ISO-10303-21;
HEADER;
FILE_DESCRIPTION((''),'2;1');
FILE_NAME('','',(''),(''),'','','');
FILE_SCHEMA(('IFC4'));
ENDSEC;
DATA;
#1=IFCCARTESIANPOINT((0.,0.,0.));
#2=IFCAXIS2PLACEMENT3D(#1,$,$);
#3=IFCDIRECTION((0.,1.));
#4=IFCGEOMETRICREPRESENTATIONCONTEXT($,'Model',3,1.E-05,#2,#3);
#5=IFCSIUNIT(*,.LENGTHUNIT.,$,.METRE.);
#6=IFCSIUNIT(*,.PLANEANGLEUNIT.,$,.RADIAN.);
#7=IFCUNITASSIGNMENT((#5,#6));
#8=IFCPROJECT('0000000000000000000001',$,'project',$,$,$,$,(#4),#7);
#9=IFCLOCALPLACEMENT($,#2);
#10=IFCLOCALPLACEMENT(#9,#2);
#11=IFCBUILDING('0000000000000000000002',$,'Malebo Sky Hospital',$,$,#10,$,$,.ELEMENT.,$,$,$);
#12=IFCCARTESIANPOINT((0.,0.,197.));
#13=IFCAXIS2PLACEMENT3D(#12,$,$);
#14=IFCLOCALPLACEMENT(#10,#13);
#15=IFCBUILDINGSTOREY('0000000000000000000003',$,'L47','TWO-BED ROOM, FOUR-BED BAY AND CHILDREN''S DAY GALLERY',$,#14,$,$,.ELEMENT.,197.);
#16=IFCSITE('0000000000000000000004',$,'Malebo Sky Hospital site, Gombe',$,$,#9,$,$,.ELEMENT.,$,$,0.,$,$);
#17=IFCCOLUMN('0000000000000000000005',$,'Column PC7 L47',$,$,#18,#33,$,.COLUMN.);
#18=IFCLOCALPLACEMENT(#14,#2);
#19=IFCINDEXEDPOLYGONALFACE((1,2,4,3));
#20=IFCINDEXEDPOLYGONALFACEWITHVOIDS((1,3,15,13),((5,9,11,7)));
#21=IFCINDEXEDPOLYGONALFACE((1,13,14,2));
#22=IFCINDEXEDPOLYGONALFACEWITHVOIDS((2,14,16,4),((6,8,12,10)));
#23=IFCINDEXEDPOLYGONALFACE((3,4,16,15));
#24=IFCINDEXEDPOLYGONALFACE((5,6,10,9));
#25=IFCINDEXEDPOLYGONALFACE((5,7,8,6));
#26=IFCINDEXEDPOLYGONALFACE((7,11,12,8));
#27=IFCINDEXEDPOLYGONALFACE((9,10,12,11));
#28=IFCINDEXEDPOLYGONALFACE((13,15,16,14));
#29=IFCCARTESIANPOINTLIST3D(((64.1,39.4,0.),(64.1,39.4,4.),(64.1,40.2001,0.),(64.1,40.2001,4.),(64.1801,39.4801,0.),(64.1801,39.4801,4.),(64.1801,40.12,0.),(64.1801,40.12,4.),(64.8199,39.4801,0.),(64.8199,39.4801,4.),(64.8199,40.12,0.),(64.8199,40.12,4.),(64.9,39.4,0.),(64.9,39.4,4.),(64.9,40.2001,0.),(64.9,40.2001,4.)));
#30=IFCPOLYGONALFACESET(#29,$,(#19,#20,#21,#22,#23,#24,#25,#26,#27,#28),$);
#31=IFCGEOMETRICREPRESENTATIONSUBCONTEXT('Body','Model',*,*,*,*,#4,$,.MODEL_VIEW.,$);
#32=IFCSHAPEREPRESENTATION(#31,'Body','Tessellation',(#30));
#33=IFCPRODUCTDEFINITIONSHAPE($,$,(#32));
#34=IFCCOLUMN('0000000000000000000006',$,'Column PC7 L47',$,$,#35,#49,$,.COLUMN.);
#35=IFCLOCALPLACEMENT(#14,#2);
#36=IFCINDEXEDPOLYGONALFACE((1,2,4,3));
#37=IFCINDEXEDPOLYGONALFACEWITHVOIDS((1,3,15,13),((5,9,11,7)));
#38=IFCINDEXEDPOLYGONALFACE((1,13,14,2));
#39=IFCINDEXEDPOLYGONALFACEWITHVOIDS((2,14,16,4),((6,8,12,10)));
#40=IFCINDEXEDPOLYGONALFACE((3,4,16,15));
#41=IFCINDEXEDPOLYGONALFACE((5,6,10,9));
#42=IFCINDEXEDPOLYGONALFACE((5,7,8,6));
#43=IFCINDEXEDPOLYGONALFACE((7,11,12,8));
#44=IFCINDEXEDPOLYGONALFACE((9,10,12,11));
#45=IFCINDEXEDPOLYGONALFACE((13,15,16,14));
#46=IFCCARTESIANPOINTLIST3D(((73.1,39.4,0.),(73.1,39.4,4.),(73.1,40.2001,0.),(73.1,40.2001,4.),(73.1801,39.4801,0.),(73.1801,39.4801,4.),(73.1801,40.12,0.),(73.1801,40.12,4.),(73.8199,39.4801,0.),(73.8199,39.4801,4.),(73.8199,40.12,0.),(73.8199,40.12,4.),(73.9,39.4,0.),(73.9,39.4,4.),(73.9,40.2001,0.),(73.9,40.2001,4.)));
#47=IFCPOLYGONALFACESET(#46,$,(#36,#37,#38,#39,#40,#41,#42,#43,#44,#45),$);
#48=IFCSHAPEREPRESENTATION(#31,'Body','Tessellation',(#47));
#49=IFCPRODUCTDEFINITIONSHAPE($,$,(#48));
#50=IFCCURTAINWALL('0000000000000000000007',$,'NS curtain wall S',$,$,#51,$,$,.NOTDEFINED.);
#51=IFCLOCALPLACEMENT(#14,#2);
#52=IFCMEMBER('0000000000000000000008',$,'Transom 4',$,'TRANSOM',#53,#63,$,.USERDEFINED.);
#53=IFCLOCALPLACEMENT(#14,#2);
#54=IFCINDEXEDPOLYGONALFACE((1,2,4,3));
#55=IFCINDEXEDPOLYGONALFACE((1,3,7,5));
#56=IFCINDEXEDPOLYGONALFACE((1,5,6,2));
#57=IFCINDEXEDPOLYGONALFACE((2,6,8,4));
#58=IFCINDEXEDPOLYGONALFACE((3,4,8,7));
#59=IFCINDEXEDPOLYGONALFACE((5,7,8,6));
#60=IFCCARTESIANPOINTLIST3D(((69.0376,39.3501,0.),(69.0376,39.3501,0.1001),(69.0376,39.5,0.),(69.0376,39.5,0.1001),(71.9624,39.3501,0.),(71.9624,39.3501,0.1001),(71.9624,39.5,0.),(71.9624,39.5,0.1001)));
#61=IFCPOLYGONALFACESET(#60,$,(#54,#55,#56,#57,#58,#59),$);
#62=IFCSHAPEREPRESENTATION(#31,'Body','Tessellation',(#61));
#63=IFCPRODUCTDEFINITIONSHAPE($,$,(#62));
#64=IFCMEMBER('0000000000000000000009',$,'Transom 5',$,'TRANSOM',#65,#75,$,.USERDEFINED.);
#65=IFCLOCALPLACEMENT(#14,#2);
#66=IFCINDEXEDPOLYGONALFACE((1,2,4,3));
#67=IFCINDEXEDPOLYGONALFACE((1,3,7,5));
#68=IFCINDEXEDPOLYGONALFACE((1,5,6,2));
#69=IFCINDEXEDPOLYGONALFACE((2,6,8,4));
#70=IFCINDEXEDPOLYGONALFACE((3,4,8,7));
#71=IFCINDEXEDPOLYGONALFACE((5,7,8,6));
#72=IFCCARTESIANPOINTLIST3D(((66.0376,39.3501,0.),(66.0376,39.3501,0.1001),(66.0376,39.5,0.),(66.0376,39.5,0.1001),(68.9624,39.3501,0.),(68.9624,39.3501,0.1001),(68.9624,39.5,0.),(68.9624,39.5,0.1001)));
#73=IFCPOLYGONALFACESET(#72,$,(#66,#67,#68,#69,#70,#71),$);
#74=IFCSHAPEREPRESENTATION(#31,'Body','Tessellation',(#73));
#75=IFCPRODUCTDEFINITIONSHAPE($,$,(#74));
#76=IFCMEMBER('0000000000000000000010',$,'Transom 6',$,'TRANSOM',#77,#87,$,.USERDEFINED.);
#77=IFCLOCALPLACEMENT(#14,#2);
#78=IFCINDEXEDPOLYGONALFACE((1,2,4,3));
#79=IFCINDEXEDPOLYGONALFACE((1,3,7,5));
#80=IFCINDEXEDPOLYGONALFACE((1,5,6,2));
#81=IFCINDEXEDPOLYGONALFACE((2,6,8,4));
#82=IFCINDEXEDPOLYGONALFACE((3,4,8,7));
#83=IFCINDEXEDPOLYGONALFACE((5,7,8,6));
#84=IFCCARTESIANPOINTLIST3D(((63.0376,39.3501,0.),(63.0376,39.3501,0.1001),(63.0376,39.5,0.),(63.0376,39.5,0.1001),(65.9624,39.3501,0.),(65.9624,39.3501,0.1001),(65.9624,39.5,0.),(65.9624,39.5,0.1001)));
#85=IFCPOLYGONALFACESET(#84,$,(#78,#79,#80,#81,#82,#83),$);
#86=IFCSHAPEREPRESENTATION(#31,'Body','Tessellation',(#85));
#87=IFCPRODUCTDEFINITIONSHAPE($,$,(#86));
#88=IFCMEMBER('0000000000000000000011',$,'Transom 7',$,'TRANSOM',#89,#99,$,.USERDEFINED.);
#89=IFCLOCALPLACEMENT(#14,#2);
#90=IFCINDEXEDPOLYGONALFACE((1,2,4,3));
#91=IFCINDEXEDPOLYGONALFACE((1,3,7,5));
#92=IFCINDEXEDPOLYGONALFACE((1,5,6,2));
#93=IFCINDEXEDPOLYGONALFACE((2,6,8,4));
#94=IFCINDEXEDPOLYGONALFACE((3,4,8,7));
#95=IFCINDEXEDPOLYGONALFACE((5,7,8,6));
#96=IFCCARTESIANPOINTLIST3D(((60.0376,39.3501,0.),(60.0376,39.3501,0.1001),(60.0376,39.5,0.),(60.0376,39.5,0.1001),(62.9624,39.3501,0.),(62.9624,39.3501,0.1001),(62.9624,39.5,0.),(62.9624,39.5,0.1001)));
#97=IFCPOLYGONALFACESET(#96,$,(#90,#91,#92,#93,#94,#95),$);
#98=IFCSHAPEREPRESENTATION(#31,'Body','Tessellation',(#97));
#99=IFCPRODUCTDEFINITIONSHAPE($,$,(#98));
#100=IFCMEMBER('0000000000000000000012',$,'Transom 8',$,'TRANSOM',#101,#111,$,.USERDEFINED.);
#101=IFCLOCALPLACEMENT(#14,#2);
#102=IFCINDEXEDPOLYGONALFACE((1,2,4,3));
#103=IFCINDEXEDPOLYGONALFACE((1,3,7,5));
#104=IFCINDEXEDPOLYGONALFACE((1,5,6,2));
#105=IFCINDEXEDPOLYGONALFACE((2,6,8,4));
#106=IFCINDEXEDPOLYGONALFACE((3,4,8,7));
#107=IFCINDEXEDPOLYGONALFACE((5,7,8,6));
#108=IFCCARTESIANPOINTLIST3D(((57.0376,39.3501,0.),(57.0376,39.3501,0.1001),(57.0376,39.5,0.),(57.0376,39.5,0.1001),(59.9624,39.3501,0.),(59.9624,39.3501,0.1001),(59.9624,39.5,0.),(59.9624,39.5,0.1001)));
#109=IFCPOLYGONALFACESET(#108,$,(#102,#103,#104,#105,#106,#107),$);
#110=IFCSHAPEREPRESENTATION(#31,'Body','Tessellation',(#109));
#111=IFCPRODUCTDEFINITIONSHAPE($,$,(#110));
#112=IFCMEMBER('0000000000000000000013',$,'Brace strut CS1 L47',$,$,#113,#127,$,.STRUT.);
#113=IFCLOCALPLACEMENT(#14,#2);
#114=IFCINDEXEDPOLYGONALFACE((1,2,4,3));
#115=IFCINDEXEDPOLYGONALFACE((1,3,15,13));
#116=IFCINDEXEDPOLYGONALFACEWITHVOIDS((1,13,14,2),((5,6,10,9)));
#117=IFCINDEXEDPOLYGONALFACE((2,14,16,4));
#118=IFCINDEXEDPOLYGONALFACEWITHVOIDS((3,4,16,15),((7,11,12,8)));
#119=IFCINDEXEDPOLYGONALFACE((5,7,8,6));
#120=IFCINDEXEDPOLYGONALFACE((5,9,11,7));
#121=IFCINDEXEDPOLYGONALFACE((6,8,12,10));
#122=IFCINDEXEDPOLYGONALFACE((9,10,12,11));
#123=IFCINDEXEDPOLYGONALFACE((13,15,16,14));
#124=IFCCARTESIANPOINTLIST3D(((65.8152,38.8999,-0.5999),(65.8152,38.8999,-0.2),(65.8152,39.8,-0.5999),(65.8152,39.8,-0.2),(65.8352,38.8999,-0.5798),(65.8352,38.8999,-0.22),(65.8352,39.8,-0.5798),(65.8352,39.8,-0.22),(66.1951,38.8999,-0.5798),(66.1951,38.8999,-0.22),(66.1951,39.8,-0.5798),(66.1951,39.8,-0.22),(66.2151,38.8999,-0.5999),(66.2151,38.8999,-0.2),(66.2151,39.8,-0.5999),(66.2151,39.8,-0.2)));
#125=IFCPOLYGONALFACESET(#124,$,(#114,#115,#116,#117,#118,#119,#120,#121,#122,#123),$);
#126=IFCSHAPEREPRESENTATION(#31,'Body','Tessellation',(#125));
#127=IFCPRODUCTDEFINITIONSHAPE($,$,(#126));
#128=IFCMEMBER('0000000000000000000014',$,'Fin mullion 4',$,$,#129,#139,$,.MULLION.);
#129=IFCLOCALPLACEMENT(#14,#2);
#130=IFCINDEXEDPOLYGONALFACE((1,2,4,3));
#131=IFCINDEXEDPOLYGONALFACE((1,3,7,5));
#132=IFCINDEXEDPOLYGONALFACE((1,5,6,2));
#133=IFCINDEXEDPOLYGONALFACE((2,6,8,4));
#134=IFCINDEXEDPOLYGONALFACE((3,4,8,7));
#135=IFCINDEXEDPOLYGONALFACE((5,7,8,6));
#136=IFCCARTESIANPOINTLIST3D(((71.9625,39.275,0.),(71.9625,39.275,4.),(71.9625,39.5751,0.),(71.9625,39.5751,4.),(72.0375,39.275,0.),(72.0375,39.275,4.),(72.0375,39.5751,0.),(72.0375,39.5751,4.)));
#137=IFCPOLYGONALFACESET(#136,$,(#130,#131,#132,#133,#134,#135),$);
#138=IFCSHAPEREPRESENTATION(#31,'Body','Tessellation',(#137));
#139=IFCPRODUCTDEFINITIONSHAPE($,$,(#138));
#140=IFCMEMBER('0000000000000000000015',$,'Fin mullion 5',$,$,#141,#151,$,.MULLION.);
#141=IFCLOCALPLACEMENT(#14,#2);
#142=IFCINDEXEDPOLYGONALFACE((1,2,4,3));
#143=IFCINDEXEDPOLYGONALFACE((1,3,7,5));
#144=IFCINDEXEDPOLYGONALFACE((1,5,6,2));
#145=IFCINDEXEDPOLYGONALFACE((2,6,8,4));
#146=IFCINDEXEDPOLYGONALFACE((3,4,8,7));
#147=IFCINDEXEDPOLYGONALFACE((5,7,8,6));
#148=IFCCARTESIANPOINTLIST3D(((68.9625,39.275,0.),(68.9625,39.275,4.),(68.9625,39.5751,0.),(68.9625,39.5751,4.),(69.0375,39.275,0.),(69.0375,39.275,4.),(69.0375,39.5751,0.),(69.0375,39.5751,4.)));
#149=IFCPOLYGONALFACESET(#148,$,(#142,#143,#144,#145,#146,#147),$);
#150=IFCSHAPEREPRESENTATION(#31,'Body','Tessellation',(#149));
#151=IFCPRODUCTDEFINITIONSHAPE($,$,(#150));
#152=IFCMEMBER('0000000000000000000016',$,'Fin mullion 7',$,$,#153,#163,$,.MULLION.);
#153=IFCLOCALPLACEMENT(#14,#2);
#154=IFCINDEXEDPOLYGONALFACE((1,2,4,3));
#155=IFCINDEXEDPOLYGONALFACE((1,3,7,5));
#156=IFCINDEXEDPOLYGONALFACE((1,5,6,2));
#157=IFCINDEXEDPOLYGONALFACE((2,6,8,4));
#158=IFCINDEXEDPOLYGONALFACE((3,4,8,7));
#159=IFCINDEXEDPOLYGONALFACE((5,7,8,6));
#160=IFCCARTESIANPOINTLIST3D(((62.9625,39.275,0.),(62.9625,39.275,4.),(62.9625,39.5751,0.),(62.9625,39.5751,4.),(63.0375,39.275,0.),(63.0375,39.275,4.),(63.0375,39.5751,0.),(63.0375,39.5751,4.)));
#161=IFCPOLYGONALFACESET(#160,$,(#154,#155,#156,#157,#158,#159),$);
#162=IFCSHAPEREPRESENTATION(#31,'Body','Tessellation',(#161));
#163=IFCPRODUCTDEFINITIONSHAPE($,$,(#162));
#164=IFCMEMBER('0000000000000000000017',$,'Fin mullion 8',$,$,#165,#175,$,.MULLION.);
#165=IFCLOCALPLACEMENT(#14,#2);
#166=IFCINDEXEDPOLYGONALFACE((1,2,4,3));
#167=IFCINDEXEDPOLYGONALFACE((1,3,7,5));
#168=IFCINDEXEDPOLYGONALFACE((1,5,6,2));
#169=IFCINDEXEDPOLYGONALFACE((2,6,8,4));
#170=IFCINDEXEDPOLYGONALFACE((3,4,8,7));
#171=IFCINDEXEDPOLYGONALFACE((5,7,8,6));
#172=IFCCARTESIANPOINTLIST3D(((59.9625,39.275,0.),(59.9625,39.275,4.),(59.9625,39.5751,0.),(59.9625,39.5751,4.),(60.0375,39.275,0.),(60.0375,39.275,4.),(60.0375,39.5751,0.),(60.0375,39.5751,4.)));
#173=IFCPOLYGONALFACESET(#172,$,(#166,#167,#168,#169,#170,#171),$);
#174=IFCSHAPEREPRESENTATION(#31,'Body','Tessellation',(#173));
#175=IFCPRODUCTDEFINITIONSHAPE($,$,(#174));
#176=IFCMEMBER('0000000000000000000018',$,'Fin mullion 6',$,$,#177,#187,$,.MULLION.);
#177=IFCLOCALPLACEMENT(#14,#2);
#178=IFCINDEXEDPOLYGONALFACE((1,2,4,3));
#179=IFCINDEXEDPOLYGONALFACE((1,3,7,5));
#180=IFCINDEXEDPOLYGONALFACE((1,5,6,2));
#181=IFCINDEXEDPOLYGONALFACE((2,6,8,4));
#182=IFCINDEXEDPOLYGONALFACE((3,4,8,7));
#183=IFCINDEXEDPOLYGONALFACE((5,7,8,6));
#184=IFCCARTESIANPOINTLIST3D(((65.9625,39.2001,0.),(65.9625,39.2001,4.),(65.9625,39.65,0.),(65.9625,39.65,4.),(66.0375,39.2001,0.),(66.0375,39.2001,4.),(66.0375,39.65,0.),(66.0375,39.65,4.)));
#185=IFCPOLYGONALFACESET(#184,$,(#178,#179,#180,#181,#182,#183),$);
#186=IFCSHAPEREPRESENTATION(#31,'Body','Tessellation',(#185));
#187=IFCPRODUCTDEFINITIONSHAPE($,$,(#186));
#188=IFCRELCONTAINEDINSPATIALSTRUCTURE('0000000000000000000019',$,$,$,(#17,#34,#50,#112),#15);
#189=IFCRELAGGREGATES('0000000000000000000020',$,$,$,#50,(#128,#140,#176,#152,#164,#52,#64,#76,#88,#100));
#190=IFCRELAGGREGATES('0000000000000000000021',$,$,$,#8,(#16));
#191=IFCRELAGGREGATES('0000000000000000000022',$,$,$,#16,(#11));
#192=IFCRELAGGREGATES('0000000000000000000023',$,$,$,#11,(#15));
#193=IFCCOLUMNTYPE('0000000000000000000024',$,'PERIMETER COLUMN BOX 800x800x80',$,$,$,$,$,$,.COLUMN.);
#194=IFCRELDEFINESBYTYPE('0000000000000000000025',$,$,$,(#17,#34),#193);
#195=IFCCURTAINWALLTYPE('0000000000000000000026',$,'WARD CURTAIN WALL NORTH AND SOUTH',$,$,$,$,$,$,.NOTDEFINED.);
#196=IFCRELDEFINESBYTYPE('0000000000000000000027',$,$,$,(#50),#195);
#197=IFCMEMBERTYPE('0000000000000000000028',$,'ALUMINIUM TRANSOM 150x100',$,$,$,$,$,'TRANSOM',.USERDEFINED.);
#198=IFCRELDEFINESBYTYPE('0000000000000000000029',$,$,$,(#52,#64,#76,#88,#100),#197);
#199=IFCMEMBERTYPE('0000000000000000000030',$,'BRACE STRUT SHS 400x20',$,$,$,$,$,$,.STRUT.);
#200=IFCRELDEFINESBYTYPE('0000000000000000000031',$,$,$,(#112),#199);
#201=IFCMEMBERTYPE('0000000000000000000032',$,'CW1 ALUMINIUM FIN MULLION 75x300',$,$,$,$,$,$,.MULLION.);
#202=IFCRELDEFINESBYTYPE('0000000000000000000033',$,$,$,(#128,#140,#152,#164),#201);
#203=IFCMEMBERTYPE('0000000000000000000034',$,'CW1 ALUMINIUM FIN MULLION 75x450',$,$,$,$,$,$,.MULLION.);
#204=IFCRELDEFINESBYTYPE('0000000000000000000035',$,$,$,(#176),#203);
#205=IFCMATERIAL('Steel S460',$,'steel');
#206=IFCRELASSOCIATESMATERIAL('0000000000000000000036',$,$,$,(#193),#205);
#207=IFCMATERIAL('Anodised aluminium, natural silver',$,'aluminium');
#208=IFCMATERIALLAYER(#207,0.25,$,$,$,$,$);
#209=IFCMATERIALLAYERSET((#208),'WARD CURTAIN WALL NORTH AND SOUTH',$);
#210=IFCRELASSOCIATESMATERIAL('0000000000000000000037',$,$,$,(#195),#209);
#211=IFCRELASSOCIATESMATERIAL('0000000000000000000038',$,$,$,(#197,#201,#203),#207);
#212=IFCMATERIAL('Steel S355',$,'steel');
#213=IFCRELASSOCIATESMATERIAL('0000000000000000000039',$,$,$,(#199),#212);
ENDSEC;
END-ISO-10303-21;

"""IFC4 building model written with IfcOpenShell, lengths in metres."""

from ifc_helpers import new_model, si_unit, direction, frame, origin, origin_2d, place, context, subcontext, project, spatial, rectangle, hollow_rectangle, extrude, material, layer, layer_set, material_profile, profile_set, type_object, element, aggregate, save


model = new_model("IFC4")

# Units and contexts
model_context = context("Model", 3, precision=1e-05, world=origin(), true_north=direction((0.0, 1.0)))
body_context = subcontext(model_context, "Body", "Model", "MODEL_VIEW")
ifc_project = project(units=[si_unit("LENGTHUNIT", "METRE"), si_unit("PLANEANGLEUNIT", "RADIAN")], contexts=[model_context])

# Site, building, storey
site_placement = place(None, origin())
site = spatial("IfcSite", under=ifc_project, at=site_placement, Name="Malebo Sky Hospital site, Gombe", CompositionType="ELEMENT", RefElevation=0.0)
building_placement = place(site_placement, origin())
building = spatial("IfcBuilding", under=site, at=building_placement, Name="Malebo Sky Hospital", CompositionType="ELEMENT")
storey_placement = place(building_placement, frame((0.0, 0.0, 197.0)))
storey = spatial("IfcBuildingStorey", under=building, at=storey_placement, Name="L47", Description="TWO-BED ROOM, FOUR-BED BAY AND CHILDREN'S DAY GALLERY", CompositionType="ELEMENT", Elevation=197.0)

# Columns
ifc_material_1 = material(Name="Steel S460", Category="steel")
ifc_material_profile_1 = material_profile(ifc_material_1, hollow_rectangle(XDim=0.8, YDim=0.8, WallThickness=0.0801, at=origin_2d()), Name="BOX 800x800x80")
ifc_profile_set_1 = profile_set([ifc_material_profile_1], Name="Steel S460")
column_type = type_object("IfcColumnType", Name="PERIMETER COLUMN BOX 800x800x80", PredefinedType="COLUMN", material=ifc_profile_set_1)
for number, where, z_axis, x_axis, name in (
    (1, (64.5, 39.8, 0.0), (0.0, 0.0, 1.0), (1.0, 0.0, 0.0), "Column PC7 L47"),
    (2, (73.5, 39.8, 0.0), (0.0, 0.0, 1.0), (1.0, 0.0, 0.0), "Column PC7 L47"),
):
    element("IfcColumn", number, at=place(storey_placement, frame(where, z_axis=z_axis, x_axis=x_axis)), inside=storey, type_object=column_type, Name=name, PredefinedType="COLUMN", context=body_context, shape_type="SweptSolid", body=[
        extrude(hollow_rectangle(XDim=0.8, YDim=0.8, WallThickness=0.0801, at=origin_2d()), origin(), (0.0, 0.0, 1.0), 4.0),
    ])

# Curtain wall, members
ifc_material_2 = material(Name="Anodised aluminium, natural silver", Category="aluminium")
ifc_layer_1 = layer(ifc_material_2, 0.25)
ifc_layer_set_1 = layer_set([ifc_layer_1], Name="WARD CURTAIN WALL NORTH AND SOUTH")
curtain_wall_type = type_object("IfcCurtainWallType", Name="WARD CURTAIN WALL NORTH AND SOUTH", PredefinedType="NOTDEFINED", material=ifc_layer_set_1)
curtain_wall_placement = place(storey_placement, origin())
curtain_wall = element("IfcCurtainWall", 3, at=curtain_wall_placement, inside=storey, type_object=curtain_wall_type, Name="NS curtain wall S", PredefinedType="NOTDEFINED")
ifc_material_profile_2 = material_profile(ifc_material_2, rectangle(XDim=0.1499, YDim=0.1001, at=origin_2d()), Name="ALUMINIUM TRANSOM 150x100")
ifc_profile_set_2 = profile_set([ifc_material_profile_2], Name="Anodised aluminium, natural silver")
member_type_1 = type_object("IfcMemberType", Name="ALUMINIUM TRANSOM 150x100", ElementType="TRANSOM", PredefinedType="USERDEFINED", material=ifc_profile_set_2)
member_1_placement = place(storey_placement, frame((71.9624, 39.425, 0.05), z_axis=(-1.0, 0.0, 0.0), x_axis=(0.0, -1.0, 0.0)))
member_1 = element("IfcMember", 4, at=member_1_placement, type_object=member_type_1, Name="Transom 4", ObjectType="TRANSOM", PredefinedType="USERDEFINED", context=body_context, shape_type="SweptSolid", body=[
    extrude(rectangle(XDim=0.1499, YDim=0.1001, at=origin_2d()), origin(), (0.0, 0.0, 1.0), 2.9248),
])
member_2_placement = place(storey_placement, frame((68.9624, 39.425, 0.05), z_axis=(-1.0, 0.0, 0.0), x_axis=(0.0, -1.0, 0.0)))
member_2 = element("IfcMember", 5, at=member_2_placement, type_object=member_type_1, Name="Transom 5", ObjectType="TRANSOM", PredefinedType="USERDEFINED", context=body_context, shape_type="SweptSolid", body=[
    extrude(rectangle(XDim=0.1499, YDim=0.1001, at=origin_2d()), origin(), (0.0, 0.0, 1.0), 2.9248),
])
member_3_placement = place(storey_placement, frame((65.9624, 39.425, 0.05), z_axis=(-1.0, 0.0, 0.0), x_axis=(0.0, -1.0, 0.0)))
member_3 = element("IfcMember", 6, at=member_3_placement, type_object=member_type_1, Name="Transom 6", ObjectType="TRANSOM", PredefinedType="USERDEFINED", context=body_context, shape_type="SweptSolid", body=[
    extrude(rectangle(XDim=0.1499, YDim=0.1001, at=origin_2d()), origin(), (0.0, 0.0, 1.0), 2.9248),
])
member_4_placement = place(storey_placement, frame((62.9624, 39.425, 0.05), z_axis=(-1.0, 0.0, 0.0), x_axis=(0.0, -1.0, 0.0)))
member_4 = element("IfcMember", 7, at=member_4_placement, type_object=member_type_1, Name="Transom 7", ObjectType="TRANSOM", PredefinedType="USERDEFINED", context=body_context, shape_type="SweptSolid", body=[
    extrude(rectangle(XDim=0.1499, YDim=0.1001, at=origin_2d()), origin(), (0.0, 0.0, 1.0), 2.9248),
])
member_5_placement = place(storey_placement, frame((59.9624, 39.425, 0.05), z_axis=(-1.0, 0.0, 0.0), x_axis=(0.0, -1.0, 0.0)))
member_5 = element("IfcMember", 8, at=member_5_placement, type_object=member_type_1, Name="Transom 8", ObjectType="TRANSOM", PredefinedType="USERDEFINED", context=body_context, shape_type="SweptSolid", body=[
    extrude(rectangle(XDim=0.1499, YDim=0.1001, at=origin_2d()), origin(), (0.0, 0.0, 1.0), 2.9248),
])

# Members
ifc_material_3 = material(Name="Steel S355", Category="steel")
ifc_material_profile_3 = material_profile(ifc_material_3, hollow_rectangle(XDim=0.3999, YDim=0.3999, WallThickness=0.02, at=origin_2d()), Name="SHS 400x20")
ifc_profile_set_3 = profile_set([ifc_material_profile_3], Name="Steel S355")
member_type_2 = type_object("IfcMemberType", Name="BRACE STRUT SHS 400x20", PredefinedType="STRUT", material=ifc_profile_set_3)
member_6_placement = place(storey_placement, frame((66.0151, 38.8999, -0.3999), z_axis=(0.0, 1.0, 0.0), x_axis=(-1.0, 0.0, 0.0)))
element("IfcMember", 9, at=member_6_placement, inside=storey, type_object=member_type_2, Name="Brace strut CS1 L47", PredefinedType="STRUT", context=body_context, shape_type="SweptSolid", body=[
    extrude(hollow_rectangle(XDim=0.3999, YDim=0.3999, WallThickness=0.02, at=origin_2d()), origin(), (0.0, 0.0, 1.0), 0.9001),
])
ifc_material_profile_4 = material_profile(ifc_material_2, rectangle(XDim=0.075, YDim=0.3, at=origin_2d()), Name="CW1 ALUMINIUM FIN MULLION 75x300")
ifc_profile_set_4 = profile_set([ifc_material_profile_4], Name="Anodised aluminium, natural silver")
member_type_3 = type_object("IfcMemberType", Name="CW1 ALUMINIUM FIN MULLION 75x300", PredefinedType="MULLION", material=ifc_profile_set_4)
member_7_placement = place(storey_placement, frame((72.0, 39.425, 0.0), z_axis=(0.0, 0.0, 1.0), x_axis=(-1.0, 0.0, 0.0)))
member_7 = element("IfcMember", 10, at=member_7_placement, type_object=member_type_3, Name="Fin mullion 4", PredefinedType="MULLION", context=body_context, shape_type="SweptSolid", body=[
    extrude(rectangle(XDim=0.075, YDim=0.3, at=origin_2d()), origin(), (0.0, 0.0, 1.0), 4.0),
])
member_8_placement = place(storey_placement, frame((69.0, 39.425, 0.0), z_axis=(0.0, 0.0, 1.0), x_axis=(-1.0, 0.0, 0.0)))
member_8 = element("IfcMember", 11, at=member_8_placement, type_object=member_type_3, Name="Fin mullion 5", PredefinedType="MULLION", context=body_context, shape_type="SweptSolid", body=[
    extrude(rectangle(XDim=0.075, YDim=0.3, at=origin_2d()), origin(), (0.0, 0.0, 1.0), 4.0),
])
member_9_placement = place(storey_placement, frame((63.0, 39.425, 0.0), z_axis=(0.0, 0.0, 1.0), x_axis=(-1.0, 0.0, 0.0)))
member_9 = element("IfcMember", 12, at=member_9_placement, type_object=member_type_3, Name="Fin mullion 7", PredefinedType="MULLION", context=body_context, shape_type="SweptSolid", body=[
    extrude(rectangle(XDim=0.075, YDim=0.3, at=origin_2d()), origin(), (0.0, 0.0, 1.0), 4.0),
])
member_10_placement = place(storey_placement, frame((60.0, 39.425, 0.0), z_axis=(0.0, 0.0, 1.0), x_axis=(-1.0, 0.0, 0.0)))
member_10 = element("IfcMember", 13, at=member_10_placement, type_object=member_type_3, Name="Fin mullion 8", PredefinedType="MULLION", context=body_context, shape_type="SweptSolid", body=[
    extrude(rectangle(XDim=0.075, YDim=0.3, at=origin_2d()), origin(), (0.0, 0.0, 1.0), 4.0),
])
ifc_material_profile_5 = material_profile(ifc_material_2, rectangle(XDim=0.075, YDim=0.45, at=origin_2d()), Name="CW1 ALUMINIUM FIN MULLION 75x450")
ifc_profile_set_5 = profile_set([ifc_material_profile_5], Name="Anodised aluminium, natural silver")
member_type_4 = type_object("IfcMemberType", Name="CW1 ALUMINIUM FIN MULLION 75x450", PredefinedType="MULLION", material=ifc_profile_set_5)
member_11_placement = place(storey_placement, frame((66.0, 39.425, 0.0), z_axis=(0.0, 0.0, 1.0), x_axis=(-1.0, 0.0, 0.0)))
member_11 = element("IfcMember", 14, at=member_11_placement, type_object=member_type_4, Name="Fin mullion 6", PredefinedType="MULLION", context=body_context, shape_type="SweptSolid", body=[
    extrude(rectangle(XDim=0.075, YDim=0.45, at=origin_2d()), origin(), (0.0, 0.0, 1.0), 4.0),
])

aggregate(curtain_wall, [member_7, member_8, member_11, member_9, member_10, member_1, member_2, member_3, member_4, member_5])

save(model, "model.ifc")
